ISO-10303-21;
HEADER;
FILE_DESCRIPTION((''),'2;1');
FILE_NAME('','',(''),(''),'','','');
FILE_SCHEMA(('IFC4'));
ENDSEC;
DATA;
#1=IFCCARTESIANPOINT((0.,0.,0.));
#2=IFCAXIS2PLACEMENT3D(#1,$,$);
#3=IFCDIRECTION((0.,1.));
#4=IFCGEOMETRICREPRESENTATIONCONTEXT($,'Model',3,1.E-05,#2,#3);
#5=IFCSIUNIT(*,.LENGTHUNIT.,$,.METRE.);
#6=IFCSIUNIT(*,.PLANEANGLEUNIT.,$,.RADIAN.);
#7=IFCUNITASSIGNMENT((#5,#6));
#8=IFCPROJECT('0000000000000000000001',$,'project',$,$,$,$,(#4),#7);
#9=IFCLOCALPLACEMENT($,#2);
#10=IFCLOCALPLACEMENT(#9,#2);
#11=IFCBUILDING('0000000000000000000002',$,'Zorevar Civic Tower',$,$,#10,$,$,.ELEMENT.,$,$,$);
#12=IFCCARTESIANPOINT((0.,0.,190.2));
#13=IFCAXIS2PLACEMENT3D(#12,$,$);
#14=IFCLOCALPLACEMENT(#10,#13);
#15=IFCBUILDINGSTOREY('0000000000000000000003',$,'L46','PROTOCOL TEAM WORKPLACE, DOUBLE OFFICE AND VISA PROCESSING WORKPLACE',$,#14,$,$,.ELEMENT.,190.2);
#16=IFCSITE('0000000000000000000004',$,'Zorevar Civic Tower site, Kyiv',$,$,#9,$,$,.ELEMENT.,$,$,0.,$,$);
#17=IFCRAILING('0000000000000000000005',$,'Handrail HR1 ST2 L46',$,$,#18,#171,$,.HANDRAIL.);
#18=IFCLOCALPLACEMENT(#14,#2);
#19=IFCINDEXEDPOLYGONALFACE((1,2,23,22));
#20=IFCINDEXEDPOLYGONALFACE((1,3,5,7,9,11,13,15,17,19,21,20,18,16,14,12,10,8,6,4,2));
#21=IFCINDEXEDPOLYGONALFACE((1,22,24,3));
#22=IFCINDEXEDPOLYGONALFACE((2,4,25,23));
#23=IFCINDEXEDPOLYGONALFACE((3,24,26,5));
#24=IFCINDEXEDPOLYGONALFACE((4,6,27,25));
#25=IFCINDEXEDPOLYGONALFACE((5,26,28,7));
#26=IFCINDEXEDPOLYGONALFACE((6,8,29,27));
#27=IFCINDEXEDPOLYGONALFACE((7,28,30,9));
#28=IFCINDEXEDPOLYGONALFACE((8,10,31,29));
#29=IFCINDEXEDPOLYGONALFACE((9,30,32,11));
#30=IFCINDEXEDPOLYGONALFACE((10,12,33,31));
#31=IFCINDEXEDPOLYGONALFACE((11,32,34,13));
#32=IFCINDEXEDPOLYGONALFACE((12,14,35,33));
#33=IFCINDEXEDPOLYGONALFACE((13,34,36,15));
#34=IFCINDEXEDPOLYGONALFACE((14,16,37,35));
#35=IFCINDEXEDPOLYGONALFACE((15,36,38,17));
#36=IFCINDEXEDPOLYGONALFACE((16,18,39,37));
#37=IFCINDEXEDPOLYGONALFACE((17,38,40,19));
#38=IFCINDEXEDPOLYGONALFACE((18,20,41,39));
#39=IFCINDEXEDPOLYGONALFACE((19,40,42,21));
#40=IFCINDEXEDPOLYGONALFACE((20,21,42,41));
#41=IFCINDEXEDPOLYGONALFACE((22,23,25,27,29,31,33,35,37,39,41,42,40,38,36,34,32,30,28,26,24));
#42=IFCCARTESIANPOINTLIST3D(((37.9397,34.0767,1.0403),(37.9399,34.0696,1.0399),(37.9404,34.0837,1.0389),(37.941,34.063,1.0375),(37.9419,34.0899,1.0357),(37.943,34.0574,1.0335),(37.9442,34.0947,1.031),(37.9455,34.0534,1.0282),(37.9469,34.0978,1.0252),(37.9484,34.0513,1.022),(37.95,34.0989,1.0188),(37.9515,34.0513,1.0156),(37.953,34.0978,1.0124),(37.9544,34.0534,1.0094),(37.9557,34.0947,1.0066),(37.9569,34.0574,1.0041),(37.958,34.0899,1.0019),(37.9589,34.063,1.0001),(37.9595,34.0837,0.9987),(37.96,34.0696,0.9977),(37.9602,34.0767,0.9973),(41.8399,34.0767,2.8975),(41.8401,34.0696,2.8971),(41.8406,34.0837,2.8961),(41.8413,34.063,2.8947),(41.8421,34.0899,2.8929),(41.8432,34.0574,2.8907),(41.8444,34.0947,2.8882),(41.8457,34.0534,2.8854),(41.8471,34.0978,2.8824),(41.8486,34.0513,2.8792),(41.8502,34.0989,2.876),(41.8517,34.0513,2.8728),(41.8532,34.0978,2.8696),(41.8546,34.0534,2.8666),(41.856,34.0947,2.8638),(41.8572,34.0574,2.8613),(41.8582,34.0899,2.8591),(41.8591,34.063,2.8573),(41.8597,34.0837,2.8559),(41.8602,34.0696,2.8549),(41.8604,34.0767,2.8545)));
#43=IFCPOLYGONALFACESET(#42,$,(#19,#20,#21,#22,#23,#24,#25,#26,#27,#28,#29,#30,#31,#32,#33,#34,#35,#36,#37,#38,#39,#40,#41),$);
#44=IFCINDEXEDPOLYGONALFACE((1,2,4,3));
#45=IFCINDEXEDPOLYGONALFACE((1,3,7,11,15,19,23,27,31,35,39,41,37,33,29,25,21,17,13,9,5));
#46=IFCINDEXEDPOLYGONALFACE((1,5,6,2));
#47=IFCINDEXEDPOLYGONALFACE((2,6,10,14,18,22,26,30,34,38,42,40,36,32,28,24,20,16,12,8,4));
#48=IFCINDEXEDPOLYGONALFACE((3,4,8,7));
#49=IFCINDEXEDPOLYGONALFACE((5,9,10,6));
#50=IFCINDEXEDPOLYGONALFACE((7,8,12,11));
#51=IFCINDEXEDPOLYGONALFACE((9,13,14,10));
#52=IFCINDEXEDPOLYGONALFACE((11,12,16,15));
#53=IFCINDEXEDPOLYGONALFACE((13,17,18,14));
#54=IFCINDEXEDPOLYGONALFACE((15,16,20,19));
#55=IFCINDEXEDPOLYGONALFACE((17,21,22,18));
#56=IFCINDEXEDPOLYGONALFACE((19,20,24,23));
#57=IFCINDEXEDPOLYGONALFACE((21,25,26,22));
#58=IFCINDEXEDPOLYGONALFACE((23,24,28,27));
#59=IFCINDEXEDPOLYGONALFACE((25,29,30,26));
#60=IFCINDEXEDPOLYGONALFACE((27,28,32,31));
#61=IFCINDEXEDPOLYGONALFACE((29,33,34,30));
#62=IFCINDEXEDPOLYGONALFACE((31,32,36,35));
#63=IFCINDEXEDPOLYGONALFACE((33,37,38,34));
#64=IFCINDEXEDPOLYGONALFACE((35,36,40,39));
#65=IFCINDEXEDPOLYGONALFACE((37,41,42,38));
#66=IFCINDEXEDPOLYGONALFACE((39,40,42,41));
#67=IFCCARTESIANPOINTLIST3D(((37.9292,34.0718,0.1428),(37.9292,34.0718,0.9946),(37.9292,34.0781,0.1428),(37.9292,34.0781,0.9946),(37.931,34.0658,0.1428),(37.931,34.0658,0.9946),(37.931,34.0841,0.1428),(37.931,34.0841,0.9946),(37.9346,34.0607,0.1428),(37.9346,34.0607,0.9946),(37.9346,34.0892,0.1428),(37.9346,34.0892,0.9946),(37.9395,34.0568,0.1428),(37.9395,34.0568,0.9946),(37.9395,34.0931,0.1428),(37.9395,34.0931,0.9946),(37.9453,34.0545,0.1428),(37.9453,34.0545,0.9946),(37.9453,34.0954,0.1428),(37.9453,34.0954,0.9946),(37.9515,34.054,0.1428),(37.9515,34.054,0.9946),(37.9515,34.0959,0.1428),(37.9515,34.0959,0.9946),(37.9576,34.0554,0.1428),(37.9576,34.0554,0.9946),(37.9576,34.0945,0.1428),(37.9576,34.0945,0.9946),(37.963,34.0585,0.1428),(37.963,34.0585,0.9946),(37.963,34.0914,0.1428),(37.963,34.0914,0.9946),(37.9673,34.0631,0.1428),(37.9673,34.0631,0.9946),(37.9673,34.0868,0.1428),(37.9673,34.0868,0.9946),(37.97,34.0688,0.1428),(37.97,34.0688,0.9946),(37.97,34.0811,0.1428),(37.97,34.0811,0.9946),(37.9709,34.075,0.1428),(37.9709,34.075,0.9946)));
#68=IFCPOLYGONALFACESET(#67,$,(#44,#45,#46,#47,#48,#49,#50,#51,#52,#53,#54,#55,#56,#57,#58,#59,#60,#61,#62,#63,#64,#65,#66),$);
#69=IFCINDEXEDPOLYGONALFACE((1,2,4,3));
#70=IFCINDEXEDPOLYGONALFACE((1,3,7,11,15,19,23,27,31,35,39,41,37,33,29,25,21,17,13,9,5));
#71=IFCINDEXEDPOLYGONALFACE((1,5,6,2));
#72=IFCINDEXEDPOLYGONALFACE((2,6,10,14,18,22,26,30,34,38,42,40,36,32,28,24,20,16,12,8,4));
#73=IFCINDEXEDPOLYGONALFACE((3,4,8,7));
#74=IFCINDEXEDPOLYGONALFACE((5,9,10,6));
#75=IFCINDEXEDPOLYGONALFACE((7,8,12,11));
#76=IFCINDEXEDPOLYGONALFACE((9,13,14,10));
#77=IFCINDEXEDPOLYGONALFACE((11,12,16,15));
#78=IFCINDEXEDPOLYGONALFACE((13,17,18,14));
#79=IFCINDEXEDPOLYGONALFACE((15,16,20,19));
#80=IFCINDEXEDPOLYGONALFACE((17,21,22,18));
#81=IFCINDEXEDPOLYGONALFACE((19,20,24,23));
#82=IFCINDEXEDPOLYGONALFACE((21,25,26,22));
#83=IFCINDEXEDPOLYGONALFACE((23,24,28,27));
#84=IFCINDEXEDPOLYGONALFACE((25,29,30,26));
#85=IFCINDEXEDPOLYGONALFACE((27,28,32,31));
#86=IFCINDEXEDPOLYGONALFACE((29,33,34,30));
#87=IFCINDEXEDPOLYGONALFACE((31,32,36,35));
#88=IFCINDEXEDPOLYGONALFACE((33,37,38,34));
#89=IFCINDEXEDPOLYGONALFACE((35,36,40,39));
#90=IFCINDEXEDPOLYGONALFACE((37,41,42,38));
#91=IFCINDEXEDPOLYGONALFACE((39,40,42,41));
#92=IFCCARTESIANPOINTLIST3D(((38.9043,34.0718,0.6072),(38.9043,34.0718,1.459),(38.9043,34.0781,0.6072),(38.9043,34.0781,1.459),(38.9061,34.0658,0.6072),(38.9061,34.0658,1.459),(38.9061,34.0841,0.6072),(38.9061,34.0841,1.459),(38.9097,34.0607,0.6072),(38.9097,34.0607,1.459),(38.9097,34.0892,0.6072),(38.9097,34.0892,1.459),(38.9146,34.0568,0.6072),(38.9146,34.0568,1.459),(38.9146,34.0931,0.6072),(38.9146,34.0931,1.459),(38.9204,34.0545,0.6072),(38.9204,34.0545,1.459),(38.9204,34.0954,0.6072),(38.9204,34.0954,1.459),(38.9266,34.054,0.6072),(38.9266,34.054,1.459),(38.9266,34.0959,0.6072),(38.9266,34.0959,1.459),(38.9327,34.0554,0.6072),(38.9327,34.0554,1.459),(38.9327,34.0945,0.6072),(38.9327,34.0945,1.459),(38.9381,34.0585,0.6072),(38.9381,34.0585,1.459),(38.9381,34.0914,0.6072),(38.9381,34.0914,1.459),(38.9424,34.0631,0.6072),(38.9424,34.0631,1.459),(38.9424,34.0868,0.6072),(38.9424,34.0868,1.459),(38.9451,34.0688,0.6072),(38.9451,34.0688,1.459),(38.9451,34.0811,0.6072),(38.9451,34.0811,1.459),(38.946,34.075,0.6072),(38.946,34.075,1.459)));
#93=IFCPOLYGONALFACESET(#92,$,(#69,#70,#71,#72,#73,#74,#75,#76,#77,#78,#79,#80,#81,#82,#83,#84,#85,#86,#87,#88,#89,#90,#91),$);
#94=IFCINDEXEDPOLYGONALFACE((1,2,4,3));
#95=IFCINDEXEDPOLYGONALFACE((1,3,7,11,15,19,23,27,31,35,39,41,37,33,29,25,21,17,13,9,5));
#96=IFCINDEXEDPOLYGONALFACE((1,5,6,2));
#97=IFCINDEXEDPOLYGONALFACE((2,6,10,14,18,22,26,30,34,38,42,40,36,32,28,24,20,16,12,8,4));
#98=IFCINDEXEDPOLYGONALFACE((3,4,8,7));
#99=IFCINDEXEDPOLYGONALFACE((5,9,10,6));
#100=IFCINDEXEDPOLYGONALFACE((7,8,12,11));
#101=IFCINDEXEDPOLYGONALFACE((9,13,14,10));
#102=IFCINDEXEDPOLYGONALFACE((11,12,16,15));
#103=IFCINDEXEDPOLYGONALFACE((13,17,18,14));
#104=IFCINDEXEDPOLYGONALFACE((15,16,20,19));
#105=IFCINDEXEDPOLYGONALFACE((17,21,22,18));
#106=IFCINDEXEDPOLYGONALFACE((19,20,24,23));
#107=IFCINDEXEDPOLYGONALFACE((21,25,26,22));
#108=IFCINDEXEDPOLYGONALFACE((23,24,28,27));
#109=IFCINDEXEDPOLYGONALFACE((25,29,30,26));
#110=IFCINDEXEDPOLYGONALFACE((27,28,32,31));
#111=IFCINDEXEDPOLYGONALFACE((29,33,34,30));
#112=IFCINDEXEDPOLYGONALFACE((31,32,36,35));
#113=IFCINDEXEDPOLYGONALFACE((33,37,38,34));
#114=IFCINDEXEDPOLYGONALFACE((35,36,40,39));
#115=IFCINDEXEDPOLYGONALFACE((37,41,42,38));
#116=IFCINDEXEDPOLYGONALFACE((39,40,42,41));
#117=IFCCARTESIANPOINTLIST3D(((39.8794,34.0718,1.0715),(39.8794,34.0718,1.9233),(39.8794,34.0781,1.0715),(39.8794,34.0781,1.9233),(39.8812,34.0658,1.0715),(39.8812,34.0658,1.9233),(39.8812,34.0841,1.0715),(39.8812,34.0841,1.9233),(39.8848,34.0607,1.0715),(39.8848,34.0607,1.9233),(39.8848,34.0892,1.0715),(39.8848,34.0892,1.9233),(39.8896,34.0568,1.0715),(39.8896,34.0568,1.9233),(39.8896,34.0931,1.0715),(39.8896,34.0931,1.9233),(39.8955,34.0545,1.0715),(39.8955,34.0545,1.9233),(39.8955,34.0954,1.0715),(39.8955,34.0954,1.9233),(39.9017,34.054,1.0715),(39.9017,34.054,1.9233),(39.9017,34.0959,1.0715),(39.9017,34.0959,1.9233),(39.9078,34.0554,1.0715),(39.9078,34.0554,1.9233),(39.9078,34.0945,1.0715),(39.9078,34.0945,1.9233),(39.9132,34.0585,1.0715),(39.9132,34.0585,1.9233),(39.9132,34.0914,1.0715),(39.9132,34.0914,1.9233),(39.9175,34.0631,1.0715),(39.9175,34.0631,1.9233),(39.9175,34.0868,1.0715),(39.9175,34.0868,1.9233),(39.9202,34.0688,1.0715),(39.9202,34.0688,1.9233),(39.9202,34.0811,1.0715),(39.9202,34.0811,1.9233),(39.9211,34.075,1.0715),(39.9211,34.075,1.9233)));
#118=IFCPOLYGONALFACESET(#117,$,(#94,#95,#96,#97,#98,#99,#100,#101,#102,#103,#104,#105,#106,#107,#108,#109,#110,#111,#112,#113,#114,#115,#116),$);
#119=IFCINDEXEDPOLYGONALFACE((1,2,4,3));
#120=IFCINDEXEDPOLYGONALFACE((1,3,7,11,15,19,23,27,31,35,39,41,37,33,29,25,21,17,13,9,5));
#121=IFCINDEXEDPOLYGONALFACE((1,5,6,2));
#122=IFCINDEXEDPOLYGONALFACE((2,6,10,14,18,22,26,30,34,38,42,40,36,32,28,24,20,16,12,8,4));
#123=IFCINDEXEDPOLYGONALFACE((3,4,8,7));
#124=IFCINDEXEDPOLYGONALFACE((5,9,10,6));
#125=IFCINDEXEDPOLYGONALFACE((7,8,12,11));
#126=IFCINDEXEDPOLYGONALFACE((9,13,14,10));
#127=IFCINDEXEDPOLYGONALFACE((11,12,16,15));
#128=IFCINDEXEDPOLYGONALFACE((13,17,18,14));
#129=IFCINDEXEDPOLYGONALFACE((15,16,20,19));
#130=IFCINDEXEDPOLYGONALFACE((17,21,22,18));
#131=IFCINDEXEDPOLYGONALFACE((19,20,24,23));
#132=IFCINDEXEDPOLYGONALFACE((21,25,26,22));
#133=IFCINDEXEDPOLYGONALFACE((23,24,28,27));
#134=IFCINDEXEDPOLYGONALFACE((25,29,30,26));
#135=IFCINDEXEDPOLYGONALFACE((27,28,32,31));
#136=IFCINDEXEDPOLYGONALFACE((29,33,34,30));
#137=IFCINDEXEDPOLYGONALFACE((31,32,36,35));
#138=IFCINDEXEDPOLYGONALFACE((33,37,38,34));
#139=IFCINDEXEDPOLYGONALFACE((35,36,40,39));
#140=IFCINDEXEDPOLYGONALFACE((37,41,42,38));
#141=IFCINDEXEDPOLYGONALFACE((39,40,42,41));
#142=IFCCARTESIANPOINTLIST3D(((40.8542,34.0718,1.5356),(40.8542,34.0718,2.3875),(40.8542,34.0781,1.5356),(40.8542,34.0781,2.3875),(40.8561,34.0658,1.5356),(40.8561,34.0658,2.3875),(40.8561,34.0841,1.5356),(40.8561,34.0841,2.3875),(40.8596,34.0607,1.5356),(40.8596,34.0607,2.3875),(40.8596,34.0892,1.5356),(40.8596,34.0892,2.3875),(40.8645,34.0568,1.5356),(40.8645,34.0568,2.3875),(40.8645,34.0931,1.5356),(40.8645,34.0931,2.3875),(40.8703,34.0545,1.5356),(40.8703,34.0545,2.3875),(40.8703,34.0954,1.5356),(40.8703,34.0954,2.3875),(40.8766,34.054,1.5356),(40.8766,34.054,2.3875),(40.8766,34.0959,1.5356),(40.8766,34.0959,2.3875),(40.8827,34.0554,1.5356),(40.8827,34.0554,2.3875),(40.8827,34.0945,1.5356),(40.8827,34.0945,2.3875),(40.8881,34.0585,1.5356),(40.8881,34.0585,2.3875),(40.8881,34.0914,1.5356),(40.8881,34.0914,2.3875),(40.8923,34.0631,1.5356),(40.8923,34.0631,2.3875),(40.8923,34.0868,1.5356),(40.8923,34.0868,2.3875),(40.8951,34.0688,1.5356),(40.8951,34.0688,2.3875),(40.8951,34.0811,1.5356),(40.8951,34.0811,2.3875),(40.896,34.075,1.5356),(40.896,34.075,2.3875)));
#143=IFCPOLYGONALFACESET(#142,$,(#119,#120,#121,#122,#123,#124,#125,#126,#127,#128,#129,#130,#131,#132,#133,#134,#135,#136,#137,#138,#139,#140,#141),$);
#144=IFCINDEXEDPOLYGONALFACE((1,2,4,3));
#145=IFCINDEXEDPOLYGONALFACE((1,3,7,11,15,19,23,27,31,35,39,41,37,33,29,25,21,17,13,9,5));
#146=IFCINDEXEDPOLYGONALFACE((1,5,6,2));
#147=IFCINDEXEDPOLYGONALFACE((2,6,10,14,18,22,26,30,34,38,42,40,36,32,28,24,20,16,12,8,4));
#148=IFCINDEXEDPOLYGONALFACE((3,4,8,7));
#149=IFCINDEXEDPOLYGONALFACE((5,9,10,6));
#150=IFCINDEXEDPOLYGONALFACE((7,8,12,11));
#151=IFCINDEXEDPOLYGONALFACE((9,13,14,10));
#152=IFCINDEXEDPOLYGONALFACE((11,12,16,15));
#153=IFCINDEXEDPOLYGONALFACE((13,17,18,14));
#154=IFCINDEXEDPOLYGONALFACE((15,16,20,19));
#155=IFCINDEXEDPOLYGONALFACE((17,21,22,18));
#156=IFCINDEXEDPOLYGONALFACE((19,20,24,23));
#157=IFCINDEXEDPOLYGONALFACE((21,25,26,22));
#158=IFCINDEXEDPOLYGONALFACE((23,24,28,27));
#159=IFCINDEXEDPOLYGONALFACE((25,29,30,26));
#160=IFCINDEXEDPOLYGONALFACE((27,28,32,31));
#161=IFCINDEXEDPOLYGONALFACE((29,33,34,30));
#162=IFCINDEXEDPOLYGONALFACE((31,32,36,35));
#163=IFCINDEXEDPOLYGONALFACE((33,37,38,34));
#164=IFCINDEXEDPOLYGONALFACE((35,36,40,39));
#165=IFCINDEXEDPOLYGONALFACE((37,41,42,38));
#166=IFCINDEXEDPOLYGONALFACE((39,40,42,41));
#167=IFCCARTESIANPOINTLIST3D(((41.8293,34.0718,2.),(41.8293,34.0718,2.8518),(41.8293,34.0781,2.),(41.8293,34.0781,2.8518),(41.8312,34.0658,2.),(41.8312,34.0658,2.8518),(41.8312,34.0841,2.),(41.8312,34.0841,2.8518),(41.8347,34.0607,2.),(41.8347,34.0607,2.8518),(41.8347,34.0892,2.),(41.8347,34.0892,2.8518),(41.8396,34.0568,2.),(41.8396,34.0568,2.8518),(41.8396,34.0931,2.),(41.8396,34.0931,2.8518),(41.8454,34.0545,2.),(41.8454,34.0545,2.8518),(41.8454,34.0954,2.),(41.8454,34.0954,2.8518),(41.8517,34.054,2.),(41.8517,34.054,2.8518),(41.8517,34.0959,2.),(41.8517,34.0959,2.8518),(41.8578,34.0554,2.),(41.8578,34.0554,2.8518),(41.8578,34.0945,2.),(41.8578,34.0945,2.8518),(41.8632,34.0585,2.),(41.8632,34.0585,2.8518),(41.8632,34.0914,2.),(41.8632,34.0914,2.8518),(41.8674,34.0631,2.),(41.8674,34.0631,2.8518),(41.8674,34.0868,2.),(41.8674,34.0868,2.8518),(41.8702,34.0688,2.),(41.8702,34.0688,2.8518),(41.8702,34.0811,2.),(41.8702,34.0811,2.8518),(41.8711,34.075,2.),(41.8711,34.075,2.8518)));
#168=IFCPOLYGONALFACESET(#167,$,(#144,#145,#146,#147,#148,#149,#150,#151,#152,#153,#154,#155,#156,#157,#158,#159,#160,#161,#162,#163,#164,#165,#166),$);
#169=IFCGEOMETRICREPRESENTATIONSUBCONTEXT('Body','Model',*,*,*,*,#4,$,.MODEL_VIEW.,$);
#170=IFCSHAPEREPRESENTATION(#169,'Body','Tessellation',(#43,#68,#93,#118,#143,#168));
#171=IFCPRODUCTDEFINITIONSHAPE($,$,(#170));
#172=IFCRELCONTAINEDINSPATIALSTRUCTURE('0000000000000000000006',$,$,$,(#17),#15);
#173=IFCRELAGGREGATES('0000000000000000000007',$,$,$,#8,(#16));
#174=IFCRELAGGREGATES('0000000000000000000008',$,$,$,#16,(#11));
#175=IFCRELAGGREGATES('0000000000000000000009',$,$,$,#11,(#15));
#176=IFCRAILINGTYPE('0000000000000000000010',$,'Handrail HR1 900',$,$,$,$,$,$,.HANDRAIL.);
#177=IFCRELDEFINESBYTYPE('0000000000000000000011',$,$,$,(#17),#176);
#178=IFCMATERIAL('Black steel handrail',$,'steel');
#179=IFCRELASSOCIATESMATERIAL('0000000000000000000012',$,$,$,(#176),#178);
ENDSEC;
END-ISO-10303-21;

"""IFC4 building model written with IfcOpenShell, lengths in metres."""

from ifc_helpers import new_model, si_unit, direction, frame, origin, origin_2d, place, context, subcontext, project, spatial, circle, extrude, material, type_object, element, save


model = new_model("IFC4")

# Units and contexts
model_context = context("Model", 3, precision=1e-05, world=origin(), true_north=direction((0.0, 1.0)))
body_context = subcontext(model_context, "Body", "Model", "MODEL_VIEW")
ifc_project = project(units=[si_unit("LENGTHUNIT", "METRE"), si_unit("PLANEANGLEUNIT", "RADIAN")], contexts=[model_context])

# Site, building, storey
site_placement = place(None, origin())
site = spatial("IfcSite", under=ifc_project, at=site_placement, Name="Zorevar Civic Tower site, Kyiv", CompositionType="ELEMENT", RefElevation=0.0)
building_placement = place(site_placement, origin())
building = spatial("IfcBuilding", under=site, at=building_placement, Name="Zorevar Civic Tower", CompositionType="ELEMENT")
storey_placement = place(building_placement, frame((0.0, 0.0, 190.2)))
storey = spatial("IfcBuildingStorey", under=building, at=storey_placement, Name="L46", Description="PROTOCOL TEAM WORKPLACE, DOUBLE OFFICE AND VISA PROCESSING WORKPLACE", CompositionType="ELEMENT", Elevation=190.2)

# Railing
ifc_material_1 = material(Name="Black steel handrail", Category="steel")
railing_type = type_object("IfcRailingType", Name="Handrail HR1 900", PredefinedType="HANDRAIL", material=ifc_material_1)
railing_1_placement = place(storey_placement, frame((37.95, 34.075, 0.1428)))
element("IfcRailing", 1, at=railing_1_placement, inside=storey, type_object=railing_type, Name="Handrail HR1 ST2 L46", PredefinedType="HANDRAIL", context=body_context, shape_type="SweptSolid", body=[
    extrude(circle(Radius=0.0239, at=origin_2d()), frame((0.0, 0.0, 0.876), z_axis=(0.902864, 0.0, 0.429927), x_axis=(0.0, 1.0, 0.0)), (0.0, 0.0, 1.0), 4.3198),
    extrude(circle(Radius=0.021, at=origin_2d()), origin(), (0.0, 0.0, 1.0), 0.8518),
    extrude(circle(Radius=0.021, at=origin_2d()), frame((0.9751, 0.0, 0.4644)), (0.0, 0.0, 1.0), 0.8518),
    extrude(circle(Radius=0.021, at=origin_2d()), frame((1.9502, 0.0, 0.9287)), (0.0, 0.0, 1.0), 0.8518),
    extrude(circle(Radius=0.021, at=origin_2d()), frame((2.925, 0.0, 1.3928)), (0.0, 0.0, 1.0), 0.8518),
    extrude(circle(Radius=0.021, at=origin_2d()), frame((3.9001, 0.0, 1.8572)), (0.0, 0.0, 1.0), 0.8518),
])

save(model, "model.ifc")
